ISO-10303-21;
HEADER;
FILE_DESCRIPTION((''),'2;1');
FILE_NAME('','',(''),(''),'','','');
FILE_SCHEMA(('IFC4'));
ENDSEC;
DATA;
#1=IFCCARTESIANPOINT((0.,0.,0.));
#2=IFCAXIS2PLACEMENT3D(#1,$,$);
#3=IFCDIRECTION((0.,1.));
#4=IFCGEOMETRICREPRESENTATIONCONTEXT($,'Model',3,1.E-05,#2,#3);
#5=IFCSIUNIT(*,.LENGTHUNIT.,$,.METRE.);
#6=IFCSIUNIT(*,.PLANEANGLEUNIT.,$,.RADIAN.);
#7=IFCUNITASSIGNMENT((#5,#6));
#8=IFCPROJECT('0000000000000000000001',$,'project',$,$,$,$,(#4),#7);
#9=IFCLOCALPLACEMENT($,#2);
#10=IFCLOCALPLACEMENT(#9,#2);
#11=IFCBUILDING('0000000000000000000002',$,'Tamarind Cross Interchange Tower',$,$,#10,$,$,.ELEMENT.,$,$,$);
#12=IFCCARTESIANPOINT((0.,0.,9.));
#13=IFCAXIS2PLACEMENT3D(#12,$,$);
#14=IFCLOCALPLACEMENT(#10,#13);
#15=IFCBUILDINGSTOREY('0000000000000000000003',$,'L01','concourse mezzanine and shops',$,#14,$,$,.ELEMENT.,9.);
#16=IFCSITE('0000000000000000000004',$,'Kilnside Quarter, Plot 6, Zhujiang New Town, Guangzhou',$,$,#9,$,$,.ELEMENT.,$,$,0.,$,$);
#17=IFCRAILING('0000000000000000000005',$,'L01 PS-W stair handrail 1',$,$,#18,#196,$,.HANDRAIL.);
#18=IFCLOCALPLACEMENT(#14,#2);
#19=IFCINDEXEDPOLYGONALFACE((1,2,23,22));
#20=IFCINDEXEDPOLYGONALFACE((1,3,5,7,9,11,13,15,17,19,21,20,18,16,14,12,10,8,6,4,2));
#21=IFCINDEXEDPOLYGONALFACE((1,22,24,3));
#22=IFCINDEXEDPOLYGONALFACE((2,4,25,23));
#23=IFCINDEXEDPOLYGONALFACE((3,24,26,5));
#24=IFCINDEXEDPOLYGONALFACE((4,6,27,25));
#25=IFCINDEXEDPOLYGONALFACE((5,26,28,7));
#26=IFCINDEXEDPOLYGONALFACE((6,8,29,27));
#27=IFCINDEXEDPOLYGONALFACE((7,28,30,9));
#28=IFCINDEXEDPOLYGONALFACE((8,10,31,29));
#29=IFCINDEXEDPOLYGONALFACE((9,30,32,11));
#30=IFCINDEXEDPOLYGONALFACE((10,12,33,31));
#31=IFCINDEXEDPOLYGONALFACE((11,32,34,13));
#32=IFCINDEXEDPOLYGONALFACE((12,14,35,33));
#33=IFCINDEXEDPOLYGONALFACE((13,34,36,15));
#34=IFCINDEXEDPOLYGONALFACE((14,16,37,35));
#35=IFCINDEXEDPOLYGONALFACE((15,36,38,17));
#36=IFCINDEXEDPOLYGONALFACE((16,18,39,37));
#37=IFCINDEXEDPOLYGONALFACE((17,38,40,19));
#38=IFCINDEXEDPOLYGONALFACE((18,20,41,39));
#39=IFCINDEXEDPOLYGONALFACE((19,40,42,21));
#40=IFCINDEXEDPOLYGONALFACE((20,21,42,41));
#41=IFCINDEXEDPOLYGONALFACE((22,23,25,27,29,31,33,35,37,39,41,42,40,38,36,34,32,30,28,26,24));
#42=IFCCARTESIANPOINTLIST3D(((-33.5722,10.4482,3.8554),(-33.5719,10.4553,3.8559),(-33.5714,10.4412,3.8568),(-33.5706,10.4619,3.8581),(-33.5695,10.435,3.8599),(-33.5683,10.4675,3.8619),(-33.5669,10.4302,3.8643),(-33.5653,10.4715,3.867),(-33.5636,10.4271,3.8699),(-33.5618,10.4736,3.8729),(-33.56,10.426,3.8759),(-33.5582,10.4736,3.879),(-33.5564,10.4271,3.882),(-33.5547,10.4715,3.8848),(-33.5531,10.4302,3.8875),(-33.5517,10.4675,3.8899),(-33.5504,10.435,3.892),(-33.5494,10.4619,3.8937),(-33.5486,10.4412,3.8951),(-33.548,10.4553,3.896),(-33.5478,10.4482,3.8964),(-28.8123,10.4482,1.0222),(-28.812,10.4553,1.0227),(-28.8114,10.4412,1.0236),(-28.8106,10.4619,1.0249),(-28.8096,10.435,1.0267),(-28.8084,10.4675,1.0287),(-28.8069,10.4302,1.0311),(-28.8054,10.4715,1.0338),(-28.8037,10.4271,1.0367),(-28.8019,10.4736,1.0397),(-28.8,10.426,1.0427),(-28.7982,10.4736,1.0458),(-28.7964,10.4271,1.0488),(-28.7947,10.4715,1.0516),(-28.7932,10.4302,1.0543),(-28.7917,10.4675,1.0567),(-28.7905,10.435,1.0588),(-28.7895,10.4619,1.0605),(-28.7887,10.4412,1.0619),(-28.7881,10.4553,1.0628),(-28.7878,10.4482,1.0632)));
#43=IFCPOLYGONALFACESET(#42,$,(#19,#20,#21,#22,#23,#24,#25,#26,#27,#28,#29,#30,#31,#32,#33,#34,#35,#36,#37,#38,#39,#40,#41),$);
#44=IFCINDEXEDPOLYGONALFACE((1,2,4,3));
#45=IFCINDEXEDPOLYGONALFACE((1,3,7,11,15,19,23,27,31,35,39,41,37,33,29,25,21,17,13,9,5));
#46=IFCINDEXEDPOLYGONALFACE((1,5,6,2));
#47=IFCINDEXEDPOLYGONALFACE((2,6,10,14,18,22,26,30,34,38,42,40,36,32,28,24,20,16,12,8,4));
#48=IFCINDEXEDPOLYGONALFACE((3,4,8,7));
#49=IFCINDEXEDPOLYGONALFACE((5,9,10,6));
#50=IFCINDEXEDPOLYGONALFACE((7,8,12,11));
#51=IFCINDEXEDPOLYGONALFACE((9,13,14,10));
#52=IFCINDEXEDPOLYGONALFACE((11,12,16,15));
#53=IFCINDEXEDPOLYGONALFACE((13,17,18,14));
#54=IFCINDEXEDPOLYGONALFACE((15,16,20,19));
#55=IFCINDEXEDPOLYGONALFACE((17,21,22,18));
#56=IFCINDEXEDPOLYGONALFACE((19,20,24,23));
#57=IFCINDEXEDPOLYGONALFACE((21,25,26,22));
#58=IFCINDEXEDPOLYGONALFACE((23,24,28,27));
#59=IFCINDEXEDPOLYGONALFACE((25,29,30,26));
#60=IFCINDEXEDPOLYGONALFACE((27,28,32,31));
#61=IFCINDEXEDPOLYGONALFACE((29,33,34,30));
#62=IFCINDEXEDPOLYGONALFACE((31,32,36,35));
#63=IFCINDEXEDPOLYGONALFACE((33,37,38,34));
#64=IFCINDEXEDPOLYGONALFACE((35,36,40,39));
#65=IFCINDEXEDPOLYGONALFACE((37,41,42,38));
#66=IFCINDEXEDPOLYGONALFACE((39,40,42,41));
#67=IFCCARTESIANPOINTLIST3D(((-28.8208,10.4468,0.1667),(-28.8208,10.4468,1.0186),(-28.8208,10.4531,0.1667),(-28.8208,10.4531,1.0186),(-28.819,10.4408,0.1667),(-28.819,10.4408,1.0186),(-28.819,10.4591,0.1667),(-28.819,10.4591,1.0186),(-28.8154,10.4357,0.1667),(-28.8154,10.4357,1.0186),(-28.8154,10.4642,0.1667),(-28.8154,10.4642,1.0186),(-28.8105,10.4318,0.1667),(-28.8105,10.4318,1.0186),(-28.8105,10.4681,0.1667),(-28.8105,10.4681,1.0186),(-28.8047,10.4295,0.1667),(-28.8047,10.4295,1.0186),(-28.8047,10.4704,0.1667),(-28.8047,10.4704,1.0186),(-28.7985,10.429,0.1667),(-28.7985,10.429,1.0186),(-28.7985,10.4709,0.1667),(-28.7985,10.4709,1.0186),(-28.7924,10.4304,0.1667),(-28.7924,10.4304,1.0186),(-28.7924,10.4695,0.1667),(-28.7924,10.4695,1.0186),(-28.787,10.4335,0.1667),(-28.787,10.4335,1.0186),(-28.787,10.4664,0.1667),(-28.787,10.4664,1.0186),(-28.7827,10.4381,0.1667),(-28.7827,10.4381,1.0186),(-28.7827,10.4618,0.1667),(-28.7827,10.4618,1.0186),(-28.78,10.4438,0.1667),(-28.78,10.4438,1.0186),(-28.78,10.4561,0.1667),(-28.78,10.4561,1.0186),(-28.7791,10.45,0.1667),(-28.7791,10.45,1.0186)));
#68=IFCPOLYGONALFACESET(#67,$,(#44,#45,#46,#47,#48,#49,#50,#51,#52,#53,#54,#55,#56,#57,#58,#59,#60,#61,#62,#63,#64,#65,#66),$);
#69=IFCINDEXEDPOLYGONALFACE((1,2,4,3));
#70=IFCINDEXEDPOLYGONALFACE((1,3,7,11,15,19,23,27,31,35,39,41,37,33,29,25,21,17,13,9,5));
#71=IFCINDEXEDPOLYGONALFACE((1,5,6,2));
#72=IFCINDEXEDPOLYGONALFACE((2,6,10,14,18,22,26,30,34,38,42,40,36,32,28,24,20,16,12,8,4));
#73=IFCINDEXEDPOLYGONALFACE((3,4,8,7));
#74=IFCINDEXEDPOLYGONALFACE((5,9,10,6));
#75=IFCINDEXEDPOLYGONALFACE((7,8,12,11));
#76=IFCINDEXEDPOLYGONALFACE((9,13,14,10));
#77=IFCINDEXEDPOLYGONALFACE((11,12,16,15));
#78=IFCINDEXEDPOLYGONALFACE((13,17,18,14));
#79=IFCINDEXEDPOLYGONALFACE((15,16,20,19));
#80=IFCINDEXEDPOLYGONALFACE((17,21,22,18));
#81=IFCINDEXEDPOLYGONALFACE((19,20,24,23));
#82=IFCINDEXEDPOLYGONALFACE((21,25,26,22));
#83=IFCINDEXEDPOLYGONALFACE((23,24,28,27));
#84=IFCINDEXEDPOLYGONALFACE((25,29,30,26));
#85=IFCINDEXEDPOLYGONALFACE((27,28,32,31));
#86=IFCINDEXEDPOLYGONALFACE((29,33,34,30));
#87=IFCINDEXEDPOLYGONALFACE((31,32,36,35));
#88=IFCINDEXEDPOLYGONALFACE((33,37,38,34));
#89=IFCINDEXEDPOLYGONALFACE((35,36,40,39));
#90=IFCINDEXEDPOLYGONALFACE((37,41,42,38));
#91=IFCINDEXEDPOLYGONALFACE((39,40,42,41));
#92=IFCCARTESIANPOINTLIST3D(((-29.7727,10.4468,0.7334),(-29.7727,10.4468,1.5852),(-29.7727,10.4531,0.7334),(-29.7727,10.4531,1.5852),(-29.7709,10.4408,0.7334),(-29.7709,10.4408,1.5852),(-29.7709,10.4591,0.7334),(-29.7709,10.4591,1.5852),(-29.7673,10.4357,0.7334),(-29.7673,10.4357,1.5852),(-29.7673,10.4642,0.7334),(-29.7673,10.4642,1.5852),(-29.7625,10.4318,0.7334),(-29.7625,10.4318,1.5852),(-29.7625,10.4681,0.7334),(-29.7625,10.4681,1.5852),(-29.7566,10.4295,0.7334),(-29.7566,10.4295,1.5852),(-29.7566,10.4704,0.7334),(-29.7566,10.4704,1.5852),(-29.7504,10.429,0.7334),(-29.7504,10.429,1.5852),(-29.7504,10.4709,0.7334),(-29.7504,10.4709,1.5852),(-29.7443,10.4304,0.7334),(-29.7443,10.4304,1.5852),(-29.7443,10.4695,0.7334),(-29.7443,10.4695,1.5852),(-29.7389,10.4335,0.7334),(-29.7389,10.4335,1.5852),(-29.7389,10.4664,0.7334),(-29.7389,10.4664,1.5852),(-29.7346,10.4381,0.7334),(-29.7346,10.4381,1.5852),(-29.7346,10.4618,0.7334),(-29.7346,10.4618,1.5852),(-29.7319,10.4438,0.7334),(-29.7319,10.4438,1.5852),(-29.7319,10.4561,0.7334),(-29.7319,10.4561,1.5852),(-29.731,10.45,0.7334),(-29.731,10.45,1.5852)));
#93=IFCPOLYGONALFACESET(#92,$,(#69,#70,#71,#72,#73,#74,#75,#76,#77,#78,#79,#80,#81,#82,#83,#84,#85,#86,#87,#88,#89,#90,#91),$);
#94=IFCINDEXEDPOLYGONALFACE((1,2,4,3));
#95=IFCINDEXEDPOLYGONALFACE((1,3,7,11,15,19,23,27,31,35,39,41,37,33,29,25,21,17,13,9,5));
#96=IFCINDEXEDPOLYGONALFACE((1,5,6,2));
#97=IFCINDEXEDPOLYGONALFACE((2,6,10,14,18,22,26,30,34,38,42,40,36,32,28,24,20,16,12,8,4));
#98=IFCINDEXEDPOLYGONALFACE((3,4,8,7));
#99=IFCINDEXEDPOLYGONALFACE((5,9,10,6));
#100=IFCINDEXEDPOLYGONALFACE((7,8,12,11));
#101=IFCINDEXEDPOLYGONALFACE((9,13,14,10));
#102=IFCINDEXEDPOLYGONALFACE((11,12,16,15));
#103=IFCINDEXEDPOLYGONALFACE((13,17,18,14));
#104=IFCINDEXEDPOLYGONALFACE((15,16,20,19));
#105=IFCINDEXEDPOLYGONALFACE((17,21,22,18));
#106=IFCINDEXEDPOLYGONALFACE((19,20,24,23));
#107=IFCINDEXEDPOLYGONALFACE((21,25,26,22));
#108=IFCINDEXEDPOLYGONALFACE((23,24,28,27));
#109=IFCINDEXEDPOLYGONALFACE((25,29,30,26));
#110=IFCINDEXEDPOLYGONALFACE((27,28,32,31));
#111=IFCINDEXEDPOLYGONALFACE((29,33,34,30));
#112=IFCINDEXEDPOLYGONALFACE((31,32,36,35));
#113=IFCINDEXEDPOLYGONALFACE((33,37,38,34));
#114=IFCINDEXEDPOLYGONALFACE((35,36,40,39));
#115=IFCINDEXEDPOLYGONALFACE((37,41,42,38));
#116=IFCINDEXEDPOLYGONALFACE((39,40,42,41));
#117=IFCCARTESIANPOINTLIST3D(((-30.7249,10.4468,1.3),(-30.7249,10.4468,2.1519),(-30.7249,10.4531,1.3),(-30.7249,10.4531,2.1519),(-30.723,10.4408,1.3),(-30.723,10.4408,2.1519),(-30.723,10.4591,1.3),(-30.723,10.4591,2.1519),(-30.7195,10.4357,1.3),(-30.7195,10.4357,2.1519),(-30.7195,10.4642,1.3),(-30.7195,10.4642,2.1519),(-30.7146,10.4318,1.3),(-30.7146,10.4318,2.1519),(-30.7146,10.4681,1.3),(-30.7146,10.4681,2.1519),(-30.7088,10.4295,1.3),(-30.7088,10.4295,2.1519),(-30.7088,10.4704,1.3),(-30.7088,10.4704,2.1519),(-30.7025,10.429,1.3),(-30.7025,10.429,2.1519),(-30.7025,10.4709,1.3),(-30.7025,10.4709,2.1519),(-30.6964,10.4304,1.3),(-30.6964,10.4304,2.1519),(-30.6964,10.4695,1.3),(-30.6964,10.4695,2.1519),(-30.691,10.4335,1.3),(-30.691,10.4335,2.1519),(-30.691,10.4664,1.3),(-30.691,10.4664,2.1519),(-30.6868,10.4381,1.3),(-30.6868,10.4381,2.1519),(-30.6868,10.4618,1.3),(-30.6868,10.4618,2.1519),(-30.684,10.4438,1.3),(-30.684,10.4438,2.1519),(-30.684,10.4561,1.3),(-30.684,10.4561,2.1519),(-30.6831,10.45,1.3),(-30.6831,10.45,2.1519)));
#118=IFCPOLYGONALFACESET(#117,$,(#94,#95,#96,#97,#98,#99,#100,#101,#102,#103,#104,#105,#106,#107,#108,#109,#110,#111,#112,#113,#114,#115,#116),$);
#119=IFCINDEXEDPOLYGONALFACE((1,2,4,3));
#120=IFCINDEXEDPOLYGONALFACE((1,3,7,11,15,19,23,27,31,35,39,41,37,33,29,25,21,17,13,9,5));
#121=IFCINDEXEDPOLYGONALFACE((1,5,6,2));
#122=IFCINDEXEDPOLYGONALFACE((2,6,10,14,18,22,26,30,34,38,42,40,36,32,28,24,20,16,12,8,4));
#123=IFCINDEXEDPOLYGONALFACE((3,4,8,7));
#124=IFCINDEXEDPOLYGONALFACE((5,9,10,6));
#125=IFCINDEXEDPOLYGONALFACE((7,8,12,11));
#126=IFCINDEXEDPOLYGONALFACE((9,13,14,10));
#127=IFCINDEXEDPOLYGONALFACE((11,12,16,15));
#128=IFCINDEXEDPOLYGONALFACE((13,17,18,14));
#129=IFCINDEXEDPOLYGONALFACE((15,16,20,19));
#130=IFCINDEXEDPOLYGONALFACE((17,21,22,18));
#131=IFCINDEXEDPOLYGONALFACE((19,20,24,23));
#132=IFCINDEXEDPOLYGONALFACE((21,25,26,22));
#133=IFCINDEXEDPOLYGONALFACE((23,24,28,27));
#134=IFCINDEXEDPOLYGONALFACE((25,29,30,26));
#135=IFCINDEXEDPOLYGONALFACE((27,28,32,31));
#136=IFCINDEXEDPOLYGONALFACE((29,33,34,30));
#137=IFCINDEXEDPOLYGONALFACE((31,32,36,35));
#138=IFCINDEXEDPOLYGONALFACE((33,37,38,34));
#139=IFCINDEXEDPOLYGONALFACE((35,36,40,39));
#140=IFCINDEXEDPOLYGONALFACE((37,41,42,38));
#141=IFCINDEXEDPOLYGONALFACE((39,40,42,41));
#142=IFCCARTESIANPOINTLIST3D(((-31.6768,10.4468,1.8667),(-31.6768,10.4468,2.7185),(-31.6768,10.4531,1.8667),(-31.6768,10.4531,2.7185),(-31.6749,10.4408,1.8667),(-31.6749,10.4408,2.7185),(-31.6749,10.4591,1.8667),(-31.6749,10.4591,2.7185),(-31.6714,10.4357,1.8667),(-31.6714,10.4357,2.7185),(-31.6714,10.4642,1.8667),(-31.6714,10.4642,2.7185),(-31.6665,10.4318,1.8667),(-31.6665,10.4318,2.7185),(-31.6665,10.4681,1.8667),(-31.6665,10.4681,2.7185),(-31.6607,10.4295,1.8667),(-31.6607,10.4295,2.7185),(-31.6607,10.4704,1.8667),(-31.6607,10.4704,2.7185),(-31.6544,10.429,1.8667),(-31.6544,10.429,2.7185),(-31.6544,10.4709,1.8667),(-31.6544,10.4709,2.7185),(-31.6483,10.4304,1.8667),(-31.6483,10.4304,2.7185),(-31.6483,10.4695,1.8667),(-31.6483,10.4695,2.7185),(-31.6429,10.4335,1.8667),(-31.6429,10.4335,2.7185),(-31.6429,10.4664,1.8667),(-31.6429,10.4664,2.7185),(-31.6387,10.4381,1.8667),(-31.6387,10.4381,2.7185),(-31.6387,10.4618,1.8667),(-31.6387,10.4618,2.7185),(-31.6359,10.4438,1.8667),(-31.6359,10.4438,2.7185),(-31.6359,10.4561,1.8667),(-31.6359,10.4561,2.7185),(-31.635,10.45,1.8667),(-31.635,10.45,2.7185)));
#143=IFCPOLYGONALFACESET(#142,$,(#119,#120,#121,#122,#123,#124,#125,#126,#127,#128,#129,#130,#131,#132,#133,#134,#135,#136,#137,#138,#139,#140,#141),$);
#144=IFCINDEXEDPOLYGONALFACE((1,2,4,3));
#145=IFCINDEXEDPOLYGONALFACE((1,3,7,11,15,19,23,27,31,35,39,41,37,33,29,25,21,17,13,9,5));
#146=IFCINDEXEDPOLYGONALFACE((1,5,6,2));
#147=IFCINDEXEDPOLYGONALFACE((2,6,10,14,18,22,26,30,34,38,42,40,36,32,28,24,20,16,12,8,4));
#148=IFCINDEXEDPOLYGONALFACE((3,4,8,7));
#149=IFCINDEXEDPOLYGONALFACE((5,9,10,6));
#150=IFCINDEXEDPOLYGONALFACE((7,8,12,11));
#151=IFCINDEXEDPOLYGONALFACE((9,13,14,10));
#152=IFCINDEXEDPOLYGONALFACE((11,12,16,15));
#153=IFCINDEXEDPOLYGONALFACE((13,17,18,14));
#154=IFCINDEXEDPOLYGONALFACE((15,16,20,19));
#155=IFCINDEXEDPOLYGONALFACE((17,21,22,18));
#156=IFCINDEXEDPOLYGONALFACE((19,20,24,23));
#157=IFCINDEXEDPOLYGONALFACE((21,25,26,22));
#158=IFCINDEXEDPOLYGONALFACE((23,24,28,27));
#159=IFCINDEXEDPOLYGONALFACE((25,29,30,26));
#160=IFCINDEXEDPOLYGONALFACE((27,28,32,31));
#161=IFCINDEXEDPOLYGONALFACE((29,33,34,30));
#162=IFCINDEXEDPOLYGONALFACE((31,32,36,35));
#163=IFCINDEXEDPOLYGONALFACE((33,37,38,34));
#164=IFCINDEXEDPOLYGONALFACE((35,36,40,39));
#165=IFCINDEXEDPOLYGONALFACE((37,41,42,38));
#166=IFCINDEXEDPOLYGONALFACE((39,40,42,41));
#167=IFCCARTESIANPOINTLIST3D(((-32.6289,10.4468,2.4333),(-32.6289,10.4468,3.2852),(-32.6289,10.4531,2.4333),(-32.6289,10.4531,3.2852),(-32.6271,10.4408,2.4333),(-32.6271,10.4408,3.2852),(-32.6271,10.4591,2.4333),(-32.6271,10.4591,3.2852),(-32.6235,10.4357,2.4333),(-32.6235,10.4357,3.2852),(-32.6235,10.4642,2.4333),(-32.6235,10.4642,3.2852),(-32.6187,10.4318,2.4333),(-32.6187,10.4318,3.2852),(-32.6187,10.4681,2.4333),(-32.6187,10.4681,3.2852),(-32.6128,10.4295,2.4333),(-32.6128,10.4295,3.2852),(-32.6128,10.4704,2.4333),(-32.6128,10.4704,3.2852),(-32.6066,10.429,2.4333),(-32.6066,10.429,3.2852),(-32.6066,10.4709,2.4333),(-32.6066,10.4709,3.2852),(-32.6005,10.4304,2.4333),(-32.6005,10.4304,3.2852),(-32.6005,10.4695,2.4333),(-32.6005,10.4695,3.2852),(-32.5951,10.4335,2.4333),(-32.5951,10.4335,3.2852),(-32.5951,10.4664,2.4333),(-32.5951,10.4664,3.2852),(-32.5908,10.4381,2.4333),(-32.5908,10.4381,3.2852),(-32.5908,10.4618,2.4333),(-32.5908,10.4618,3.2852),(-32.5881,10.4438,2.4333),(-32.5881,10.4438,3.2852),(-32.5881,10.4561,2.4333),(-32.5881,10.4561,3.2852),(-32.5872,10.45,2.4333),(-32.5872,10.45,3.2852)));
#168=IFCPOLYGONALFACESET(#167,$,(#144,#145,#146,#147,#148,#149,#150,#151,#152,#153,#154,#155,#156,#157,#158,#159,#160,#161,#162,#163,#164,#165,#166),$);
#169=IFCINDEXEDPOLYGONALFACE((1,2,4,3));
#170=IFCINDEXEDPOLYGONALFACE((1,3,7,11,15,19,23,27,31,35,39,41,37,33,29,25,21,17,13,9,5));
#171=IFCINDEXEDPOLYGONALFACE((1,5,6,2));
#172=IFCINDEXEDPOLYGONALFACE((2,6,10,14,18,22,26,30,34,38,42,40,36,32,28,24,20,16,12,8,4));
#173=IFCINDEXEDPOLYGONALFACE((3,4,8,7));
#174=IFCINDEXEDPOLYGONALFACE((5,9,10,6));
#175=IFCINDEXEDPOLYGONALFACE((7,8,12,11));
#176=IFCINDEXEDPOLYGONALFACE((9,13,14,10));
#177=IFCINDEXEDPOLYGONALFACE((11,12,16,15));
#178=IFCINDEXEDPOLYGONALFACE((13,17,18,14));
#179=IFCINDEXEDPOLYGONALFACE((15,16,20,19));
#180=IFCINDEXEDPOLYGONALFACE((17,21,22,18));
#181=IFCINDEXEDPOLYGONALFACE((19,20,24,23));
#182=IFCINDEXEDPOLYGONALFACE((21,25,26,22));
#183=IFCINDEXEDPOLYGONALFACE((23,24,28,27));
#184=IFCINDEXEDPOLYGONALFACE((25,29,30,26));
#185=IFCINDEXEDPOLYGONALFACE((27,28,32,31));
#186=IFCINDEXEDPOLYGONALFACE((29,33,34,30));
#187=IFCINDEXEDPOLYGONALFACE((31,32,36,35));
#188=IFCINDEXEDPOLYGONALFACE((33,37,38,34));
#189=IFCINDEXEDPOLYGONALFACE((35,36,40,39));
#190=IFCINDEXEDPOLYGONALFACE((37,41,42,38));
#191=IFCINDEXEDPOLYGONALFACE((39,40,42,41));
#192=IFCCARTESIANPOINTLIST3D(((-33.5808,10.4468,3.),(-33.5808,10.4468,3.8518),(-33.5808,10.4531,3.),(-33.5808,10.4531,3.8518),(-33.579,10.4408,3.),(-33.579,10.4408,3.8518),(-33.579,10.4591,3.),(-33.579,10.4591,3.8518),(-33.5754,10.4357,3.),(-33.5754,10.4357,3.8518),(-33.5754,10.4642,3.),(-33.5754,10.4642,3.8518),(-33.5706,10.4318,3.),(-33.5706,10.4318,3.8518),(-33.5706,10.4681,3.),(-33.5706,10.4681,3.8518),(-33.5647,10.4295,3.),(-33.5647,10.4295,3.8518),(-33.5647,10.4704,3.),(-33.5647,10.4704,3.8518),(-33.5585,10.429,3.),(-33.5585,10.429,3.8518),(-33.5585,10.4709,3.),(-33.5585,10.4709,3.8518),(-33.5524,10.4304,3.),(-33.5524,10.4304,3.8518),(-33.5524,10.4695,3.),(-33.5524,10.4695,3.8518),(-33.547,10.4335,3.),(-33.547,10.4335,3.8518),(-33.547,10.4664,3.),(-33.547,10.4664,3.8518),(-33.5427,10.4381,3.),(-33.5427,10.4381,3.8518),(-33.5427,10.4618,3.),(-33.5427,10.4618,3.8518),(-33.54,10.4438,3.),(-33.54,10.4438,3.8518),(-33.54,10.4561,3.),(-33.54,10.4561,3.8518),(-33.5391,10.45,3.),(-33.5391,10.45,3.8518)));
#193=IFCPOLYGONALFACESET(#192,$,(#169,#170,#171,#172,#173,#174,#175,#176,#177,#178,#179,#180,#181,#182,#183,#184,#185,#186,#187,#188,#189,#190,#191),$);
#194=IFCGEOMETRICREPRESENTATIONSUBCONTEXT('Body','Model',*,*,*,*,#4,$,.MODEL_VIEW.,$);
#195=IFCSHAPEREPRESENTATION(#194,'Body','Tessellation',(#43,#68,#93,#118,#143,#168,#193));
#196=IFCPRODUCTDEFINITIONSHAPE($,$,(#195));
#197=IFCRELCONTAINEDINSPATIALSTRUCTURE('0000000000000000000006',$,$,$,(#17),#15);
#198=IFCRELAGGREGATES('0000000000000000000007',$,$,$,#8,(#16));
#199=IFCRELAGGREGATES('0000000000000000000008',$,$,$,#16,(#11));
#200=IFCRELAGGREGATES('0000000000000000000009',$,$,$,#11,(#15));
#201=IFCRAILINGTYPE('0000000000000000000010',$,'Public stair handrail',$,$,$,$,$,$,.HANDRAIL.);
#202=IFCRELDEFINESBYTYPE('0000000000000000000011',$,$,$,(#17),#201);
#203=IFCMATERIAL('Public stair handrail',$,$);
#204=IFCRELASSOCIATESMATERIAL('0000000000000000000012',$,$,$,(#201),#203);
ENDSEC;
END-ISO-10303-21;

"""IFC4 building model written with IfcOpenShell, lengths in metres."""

from ifc_helpers import new_model, si_unit, direction, frame, origin, origin_2d, place, context, subcontext, project, spatial, circle, extrude, material, type_object, element, save


model = new_model("IFC4")

# Units and contexts
model_context = context("Model", 3, precision=1e-05, world=origin(), true_north=direction((0.0, 1.0)))
body_context = subcontext(model_context, "Body", "Model", "MODEL_VIEW")
ifc_project = project(units=[si_unit("LENGTHUNIT", "METRE"), si_unit("PLANEANGLEUNIT", "RADIAN")], contexts=[model_context])

# Site, building, storey
site_placement = place(None, origin())
site = spatial("IfcSite", under=ifc_project, at=site_placement, Name="Kilnside Quarter, Plot 6, Zhujiang New Town, Guangzhou", CompositionType="ELEMENT", RefElevation=0.0)
building_placement = place(site_placement, origin())
building = spatial("IfcBuilding", under=site, at=building_placement, Name="Tamarind Cross Interchange Tower", CompositionType="ELEMENT")
storey_placement = place(building_placement, frame((0.0, 0.0, 9.0)))
storey = spatial("IfcBuildingStorey", under=building, at=storey_placement, Name="L01", Description="concourse mezzanine and shops", CompositionType="ELEMENT", Elevation=9.0)

# Railing
ifc_material_1 = material(Name="Public stair handrail")
railing_type_1 = type_object("IfcRailingType", Name="Public stair handrail", PredefinedType="HANDRAIL", material=ifc_material_1)
railing_1_placement = place(storey_placement, frame((-28.8, 10.45, 0.1667)))
element("IfcRailing", 1, at=railing_1_placement, inside=storey, type_object=railing_type_1, Name="L01 PS-W stair handrail 1", PredefinedType="HANDRAIL", context=body_context, shape_type="SweptSolid", body=[
    extrude(circle(Radius=0.0239, at=origin_2d()), frame((0.0, 0.0, 0.876), z_axis=(-0.8593, 0.0, 0.511472), x_axis=(0.0, -1.0, 0.0)), (0.0, 0.0, 1.0), 5.5393),
    extrude(circle(Radius=0.021, at=origin_2d()), origin(), (0.0, 0.0, 1.0), 0.8518),
    extrude(circle(Radius=0.021, at=origin_2d()), frame((-0.9519, 0.0, 0.5667)), (0.0, 0.0, 1.0), 0.8518),
    extrude(circle(Radius=0.021, at=origin_2d()), frame((-1.9041, 0.0, 1.1333)), (0.0, 0.0, 1.0), 0.8518),
    extrude(circle(Radius=0.021, at=origin_2d()), frame((-2.856, 0.0, 1.7)), (0.0, 0.0, 1.0), 0.8518),
    extrude(circle(Radius=0.021, at=origin_2d()), frame((-3.8081, 0.0, 2.2666)), (0.0, 0.0, 1.0), 0.8518),
    extrude(circle(Radius=0.021, at=origin_2d()), frame((-4.76, 0.0, 2.8333)), (0.0, 0.0, 1.0), 0.8518),
])

save(model, "model.ifc")
